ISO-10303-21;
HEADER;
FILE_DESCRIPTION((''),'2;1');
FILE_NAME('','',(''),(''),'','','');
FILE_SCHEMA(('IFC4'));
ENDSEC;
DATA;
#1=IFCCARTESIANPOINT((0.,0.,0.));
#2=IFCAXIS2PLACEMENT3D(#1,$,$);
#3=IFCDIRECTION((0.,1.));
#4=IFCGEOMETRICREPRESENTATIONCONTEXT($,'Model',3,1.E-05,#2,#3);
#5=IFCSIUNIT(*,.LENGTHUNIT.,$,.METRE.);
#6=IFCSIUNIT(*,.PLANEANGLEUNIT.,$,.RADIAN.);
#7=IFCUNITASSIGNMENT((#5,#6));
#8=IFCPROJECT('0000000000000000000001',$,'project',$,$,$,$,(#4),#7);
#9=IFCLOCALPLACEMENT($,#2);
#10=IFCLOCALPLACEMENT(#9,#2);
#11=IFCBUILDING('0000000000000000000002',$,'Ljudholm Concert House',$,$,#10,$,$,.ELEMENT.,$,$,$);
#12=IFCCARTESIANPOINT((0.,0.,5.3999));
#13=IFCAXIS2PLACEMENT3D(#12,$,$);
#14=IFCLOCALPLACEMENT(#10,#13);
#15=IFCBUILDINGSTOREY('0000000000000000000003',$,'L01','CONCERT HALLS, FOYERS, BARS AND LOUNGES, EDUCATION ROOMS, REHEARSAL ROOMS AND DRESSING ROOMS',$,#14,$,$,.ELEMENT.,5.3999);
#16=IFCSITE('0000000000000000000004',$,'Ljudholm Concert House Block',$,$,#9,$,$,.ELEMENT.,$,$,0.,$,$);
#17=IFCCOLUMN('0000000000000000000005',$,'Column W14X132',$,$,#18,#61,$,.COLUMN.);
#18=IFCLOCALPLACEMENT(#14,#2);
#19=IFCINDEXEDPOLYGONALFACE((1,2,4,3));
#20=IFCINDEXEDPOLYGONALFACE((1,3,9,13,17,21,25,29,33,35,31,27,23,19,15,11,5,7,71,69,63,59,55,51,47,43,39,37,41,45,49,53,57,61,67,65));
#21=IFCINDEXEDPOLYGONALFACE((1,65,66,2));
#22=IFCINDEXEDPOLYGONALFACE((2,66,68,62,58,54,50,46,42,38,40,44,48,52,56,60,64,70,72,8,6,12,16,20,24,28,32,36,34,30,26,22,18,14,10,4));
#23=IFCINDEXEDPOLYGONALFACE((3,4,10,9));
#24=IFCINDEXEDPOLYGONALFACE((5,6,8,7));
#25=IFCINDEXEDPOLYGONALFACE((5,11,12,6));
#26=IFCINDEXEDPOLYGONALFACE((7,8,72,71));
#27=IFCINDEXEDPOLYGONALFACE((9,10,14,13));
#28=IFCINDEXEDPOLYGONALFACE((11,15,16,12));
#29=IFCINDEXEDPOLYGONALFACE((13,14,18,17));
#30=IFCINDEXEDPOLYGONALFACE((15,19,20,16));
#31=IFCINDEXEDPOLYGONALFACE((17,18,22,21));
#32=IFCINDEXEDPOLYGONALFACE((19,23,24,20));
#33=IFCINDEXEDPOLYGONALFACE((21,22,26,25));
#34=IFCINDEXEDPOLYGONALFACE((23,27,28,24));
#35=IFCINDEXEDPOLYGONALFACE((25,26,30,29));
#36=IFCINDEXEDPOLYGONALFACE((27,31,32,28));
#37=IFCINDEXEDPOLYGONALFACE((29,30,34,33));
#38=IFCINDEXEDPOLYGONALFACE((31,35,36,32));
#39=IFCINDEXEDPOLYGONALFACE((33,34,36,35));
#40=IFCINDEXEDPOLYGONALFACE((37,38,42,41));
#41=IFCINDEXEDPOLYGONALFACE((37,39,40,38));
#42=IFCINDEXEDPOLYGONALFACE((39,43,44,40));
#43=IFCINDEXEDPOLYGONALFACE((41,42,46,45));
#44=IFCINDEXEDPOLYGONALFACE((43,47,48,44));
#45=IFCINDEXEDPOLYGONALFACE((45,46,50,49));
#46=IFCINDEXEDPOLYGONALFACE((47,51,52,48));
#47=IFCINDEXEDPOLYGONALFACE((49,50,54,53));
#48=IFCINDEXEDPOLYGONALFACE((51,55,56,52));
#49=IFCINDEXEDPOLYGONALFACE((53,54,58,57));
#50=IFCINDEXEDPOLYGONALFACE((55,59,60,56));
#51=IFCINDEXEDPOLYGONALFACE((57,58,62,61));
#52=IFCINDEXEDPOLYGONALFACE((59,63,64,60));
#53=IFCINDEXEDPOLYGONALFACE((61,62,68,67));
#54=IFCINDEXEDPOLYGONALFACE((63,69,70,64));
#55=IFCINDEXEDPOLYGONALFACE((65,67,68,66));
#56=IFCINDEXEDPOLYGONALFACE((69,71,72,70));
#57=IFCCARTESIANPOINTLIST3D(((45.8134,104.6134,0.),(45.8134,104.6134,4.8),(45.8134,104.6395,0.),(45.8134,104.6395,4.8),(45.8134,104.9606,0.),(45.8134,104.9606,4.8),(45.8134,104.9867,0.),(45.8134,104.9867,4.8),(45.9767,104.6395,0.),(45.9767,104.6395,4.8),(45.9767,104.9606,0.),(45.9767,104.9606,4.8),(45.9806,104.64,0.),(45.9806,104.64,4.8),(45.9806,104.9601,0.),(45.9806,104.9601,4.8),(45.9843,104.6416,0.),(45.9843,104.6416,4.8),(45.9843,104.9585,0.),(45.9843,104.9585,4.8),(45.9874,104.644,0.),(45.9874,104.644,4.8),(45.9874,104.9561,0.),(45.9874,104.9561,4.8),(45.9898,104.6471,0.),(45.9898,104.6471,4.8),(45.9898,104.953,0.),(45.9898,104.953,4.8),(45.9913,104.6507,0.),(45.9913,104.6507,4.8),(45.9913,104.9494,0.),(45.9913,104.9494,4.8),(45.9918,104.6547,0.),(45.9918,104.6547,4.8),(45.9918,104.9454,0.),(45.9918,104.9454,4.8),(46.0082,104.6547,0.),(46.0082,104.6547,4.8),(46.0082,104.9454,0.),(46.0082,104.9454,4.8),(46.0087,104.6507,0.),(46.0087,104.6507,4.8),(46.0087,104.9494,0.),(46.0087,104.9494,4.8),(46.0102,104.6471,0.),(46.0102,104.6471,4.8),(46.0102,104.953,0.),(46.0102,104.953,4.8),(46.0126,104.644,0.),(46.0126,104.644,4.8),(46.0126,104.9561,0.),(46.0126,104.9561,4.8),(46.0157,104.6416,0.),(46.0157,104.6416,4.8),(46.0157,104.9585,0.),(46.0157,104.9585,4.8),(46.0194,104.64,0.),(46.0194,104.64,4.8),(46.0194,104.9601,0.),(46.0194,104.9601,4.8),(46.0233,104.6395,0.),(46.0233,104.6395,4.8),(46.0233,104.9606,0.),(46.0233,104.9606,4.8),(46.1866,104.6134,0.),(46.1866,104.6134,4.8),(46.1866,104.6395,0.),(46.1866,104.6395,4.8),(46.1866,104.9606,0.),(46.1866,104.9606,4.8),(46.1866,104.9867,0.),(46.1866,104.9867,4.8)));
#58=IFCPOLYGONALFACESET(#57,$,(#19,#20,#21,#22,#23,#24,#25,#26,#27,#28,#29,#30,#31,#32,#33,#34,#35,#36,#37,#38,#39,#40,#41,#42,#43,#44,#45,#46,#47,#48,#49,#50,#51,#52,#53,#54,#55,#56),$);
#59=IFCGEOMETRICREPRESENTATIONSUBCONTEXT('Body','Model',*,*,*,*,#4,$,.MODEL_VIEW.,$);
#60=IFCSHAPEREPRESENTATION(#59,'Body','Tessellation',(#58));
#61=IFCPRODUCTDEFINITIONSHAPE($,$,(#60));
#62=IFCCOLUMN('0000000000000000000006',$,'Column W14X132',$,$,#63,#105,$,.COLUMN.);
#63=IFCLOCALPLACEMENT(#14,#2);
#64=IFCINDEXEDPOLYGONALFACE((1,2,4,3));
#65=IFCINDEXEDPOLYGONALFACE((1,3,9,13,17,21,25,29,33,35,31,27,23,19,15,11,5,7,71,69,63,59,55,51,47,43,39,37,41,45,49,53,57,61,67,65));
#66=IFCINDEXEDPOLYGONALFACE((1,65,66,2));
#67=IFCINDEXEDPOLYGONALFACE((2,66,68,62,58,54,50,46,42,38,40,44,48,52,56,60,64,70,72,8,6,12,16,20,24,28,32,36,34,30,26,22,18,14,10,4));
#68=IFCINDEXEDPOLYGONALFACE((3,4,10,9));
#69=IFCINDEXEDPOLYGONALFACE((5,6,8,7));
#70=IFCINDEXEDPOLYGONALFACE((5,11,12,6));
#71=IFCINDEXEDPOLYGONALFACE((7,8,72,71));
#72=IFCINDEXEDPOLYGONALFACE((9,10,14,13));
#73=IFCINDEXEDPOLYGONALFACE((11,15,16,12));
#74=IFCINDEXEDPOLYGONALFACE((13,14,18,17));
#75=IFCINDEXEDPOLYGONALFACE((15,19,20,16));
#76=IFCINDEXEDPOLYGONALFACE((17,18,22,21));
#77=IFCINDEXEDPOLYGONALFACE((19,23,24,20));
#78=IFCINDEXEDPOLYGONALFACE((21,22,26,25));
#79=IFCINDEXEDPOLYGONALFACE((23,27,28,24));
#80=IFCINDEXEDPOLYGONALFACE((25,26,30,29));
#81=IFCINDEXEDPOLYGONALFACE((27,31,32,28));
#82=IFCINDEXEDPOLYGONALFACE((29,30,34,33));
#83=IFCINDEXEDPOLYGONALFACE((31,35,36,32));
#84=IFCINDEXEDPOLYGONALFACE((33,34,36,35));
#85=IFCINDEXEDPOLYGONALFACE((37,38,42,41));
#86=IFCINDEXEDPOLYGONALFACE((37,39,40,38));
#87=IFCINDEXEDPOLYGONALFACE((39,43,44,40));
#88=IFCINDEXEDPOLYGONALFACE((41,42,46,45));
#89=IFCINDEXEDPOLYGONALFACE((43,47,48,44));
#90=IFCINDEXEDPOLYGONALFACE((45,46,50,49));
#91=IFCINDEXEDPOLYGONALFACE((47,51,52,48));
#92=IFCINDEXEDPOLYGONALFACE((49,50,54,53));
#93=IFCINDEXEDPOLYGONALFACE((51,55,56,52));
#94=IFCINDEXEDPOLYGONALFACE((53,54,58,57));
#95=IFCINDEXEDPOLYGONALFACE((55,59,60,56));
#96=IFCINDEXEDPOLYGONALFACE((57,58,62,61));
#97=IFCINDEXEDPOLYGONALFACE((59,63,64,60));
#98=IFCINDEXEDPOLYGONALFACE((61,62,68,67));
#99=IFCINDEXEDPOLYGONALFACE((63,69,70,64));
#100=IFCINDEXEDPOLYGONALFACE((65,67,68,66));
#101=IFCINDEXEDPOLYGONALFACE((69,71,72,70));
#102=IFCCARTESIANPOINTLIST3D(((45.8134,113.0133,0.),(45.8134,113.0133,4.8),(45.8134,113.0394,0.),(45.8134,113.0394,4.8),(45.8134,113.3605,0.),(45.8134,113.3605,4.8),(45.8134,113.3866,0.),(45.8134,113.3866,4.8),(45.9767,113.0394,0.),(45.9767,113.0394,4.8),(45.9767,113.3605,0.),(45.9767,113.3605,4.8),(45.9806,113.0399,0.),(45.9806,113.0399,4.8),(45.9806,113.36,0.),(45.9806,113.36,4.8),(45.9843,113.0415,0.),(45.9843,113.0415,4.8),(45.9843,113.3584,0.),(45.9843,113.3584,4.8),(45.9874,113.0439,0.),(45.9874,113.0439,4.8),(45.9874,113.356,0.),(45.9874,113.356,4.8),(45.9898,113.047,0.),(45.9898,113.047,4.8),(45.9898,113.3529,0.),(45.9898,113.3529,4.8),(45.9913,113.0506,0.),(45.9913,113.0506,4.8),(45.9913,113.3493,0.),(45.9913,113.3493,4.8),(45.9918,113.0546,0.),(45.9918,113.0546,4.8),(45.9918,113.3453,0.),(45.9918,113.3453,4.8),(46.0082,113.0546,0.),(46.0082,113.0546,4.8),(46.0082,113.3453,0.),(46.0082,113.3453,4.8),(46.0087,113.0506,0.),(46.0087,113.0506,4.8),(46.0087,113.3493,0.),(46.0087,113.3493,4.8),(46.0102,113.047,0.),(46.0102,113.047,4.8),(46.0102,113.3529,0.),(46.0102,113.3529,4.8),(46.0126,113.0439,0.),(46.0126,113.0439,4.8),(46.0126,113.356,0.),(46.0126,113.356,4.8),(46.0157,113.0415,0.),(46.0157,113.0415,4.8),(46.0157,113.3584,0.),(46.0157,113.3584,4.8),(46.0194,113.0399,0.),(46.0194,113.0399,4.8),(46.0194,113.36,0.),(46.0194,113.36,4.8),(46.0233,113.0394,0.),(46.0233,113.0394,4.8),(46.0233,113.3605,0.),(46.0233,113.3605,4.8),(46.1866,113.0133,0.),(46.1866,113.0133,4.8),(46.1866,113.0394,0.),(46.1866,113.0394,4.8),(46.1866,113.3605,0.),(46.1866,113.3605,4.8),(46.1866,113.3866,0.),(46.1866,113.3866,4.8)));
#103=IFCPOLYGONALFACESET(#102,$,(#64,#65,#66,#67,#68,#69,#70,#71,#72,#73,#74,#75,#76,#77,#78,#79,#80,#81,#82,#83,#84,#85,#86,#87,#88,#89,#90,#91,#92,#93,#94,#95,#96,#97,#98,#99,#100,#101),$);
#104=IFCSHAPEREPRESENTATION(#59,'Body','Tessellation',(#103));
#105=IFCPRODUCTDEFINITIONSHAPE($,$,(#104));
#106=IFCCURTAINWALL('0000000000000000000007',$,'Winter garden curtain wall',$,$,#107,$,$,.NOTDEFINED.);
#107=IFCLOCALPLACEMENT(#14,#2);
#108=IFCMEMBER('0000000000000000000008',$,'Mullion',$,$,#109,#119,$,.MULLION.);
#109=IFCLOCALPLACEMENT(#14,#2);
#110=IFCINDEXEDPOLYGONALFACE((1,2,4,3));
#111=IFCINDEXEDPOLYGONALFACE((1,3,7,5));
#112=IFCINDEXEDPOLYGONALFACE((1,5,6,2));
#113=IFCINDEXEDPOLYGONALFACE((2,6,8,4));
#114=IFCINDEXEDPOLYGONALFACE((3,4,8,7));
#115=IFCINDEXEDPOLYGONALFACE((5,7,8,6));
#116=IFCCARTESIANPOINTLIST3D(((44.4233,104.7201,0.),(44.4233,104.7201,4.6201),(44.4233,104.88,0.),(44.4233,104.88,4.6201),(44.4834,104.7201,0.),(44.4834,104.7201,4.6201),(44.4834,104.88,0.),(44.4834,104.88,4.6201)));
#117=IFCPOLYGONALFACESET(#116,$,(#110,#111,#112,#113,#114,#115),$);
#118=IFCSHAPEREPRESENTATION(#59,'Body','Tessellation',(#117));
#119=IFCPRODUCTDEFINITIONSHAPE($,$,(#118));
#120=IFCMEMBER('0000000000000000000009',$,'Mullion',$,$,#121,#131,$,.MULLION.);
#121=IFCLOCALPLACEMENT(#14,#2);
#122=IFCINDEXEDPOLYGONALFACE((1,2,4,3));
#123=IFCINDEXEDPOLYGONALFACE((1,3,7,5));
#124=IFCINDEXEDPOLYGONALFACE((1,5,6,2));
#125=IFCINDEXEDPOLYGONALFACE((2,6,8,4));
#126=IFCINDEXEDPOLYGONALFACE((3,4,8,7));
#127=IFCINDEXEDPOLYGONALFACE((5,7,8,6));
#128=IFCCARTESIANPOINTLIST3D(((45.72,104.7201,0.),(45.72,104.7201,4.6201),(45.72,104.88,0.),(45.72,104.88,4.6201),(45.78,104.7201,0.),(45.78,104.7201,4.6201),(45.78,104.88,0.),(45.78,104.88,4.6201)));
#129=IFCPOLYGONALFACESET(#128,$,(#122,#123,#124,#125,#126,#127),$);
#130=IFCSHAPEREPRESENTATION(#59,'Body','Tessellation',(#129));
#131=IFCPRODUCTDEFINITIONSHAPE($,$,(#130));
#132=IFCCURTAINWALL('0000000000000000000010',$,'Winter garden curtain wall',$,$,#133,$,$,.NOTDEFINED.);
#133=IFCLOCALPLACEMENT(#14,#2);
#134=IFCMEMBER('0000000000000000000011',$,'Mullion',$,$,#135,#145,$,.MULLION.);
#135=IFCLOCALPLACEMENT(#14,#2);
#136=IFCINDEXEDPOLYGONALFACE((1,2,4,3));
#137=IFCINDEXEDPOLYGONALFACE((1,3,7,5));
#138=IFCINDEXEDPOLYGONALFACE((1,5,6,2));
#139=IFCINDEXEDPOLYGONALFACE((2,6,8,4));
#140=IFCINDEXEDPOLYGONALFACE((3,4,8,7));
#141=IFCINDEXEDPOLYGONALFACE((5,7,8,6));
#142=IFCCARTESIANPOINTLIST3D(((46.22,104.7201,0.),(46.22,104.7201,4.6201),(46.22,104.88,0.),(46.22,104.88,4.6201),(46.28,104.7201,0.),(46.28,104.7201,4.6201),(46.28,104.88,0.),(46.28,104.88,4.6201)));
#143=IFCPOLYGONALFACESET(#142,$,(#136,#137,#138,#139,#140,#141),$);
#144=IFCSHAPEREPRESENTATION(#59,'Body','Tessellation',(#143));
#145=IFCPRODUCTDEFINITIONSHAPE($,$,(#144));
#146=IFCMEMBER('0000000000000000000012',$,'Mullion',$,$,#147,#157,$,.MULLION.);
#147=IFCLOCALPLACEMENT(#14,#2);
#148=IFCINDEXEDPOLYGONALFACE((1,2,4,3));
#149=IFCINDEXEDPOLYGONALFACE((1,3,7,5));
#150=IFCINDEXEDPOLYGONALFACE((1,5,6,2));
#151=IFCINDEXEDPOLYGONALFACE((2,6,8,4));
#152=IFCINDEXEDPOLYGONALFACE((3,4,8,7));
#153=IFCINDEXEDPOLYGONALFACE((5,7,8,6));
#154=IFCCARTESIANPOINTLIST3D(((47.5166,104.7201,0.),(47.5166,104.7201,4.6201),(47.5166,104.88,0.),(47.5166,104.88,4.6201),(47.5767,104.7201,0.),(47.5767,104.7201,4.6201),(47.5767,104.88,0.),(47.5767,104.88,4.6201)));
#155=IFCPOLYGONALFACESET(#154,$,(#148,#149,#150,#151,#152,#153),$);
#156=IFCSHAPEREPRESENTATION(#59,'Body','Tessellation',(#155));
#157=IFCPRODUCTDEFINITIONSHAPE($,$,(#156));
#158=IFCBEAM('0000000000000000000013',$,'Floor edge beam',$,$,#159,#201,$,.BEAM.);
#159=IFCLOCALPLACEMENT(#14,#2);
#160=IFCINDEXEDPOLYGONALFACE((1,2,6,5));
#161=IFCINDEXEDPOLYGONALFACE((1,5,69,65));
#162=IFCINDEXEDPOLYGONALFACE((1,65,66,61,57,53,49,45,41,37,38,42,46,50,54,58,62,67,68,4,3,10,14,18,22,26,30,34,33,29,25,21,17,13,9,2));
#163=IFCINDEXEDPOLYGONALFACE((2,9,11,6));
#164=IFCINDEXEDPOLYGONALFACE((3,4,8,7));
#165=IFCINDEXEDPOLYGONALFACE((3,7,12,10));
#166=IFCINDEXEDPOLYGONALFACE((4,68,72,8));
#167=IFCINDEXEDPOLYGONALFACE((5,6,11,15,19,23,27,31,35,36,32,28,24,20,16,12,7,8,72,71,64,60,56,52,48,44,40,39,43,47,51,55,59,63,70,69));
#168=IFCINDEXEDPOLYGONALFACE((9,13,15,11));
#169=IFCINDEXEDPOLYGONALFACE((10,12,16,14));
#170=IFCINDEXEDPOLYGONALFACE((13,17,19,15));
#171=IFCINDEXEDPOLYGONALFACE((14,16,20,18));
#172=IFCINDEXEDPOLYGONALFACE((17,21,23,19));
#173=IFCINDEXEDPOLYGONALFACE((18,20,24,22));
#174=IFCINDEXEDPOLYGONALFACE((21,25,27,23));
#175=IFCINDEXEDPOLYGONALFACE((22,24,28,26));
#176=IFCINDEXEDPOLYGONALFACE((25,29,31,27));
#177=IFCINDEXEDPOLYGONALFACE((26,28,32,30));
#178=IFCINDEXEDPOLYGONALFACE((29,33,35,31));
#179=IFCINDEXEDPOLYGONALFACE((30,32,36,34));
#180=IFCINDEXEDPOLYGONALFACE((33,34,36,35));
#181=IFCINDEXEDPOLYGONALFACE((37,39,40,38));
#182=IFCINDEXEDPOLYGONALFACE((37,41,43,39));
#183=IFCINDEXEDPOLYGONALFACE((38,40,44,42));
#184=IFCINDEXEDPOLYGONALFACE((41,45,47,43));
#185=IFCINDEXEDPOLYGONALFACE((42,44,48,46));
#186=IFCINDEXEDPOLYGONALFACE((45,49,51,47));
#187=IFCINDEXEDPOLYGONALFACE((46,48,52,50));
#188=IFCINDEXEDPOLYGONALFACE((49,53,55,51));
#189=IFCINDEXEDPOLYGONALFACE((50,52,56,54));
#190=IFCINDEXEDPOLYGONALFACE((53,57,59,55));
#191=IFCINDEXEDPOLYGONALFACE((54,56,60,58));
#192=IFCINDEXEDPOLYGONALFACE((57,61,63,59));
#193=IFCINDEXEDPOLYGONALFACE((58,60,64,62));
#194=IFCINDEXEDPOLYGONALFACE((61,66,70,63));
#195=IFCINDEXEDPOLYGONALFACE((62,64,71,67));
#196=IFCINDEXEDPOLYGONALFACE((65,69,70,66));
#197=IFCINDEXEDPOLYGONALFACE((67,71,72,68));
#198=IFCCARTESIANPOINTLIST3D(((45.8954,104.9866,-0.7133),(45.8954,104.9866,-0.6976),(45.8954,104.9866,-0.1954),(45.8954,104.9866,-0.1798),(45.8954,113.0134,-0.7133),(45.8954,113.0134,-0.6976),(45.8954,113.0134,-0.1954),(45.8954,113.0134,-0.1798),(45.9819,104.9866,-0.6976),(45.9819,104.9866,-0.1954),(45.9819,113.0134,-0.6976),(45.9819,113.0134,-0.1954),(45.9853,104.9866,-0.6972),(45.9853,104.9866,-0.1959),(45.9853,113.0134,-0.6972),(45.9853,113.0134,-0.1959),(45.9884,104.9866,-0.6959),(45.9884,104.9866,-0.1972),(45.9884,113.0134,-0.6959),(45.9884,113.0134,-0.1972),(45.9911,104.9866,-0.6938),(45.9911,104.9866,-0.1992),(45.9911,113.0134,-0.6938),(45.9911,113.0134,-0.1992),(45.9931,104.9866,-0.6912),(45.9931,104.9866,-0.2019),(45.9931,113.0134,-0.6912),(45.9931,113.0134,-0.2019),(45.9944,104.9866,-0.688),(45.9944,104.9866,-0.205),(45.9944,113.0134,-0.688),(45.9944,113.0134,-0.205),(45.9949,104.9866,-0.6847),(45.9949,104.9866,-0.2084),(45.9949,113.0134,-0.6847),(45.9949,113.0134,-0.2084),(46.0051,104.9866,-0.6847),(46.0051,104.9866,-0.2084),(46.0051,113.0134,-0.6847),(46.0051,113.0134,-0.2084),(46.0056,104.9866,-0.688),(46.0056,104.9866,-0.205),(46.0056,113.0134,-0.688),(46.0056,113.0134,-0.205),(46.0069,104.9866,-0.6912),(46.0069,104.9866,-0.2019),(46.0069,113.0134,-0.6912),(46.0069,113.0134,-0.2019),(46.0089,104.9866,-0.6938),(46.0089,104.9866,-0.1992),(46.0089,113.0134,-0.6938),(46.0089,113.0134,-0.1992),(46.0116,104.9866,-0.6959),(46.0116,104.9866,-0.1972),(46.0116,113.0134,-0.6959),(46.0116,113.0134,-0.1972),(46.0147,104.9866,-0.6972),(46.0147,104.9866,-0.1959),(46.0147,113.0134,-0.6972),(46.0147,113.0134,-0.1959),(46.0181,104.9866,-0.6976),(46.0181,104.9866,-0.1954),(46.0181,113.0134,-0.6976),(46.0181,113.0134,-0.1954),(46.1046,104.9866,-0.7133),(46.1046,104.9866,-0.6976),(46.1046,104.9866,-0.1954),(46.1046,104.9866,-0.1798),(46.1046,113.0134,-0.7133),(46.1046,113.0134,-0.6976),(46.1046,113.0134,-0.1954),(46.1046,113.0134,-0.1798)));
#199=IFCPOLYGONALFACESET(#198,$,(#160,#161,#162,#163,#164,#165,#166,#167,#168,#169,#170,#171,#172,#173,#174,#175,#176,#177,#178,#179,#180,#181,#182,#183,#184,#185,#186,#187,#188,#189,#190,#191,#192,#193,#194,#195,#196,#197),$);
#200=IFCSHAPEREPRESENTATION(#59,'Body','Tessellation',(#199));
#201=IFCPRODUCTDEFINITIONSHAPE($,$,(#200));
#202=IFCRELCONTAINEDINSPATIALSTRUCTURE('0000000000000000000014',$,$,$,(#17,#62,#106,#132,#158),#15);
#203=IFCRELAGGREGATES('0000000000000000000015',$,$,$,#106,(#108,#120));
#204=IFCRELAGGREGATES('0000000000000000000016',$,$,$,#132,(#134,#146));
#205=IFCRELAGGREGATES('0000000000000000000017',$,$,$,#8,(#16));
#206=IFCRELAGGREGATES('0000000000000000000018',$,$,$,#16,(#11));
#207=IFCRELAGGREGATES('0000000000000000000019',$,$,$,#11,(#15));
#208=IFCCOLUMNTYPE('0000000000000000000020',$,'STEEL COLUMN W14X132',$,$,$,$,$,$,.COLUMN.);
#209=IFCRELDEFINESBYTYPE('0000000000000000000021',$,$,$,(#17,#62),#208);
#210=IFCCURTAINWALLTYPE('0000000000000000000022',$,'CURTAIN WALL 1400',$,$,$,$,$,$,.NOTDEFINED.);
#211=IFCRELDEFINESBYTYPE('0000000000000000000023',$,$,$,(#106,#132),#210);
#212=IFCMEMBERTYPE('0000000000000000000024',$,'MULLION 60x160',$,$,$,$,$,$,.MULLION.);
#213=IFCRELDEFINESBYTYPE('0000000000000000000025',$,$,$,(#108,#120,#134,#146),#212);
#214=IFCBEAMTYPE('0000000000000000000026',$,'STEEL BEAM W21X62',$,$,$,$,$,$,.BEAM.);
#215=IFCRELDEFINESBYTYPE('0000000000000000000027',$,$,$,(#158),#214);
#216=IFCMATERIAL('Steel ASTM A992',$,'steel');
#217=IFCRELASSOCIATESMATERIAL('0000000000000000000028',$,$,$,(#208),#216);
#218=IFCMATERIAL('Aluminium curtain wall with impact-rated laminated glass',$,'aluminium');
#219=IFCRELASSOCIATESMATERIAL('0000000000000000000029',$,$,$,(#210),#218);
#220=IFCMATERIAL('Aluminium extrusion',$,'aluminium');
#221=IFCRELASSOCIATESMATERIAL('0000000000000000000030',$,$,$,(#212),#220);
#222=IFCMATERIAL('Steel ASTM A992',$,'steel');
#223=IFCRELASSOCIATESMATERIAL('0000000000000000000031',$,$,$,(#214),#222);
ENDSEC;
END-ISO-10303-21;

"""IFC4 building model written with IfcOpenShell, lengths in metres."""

from ifc_helpers import new_model, si_unit, direction, frame, origin, origin_2d, place, context, subcontext, project, spatial, rectangle, i_section, extrude, material, material_profile, profile_set, type_object, element, aggregate, save


model = new_model("IFC4")

# Units and contexts
model_context = context("Model", 3, precision=1e-05, world=origin(), true_north=direction((0.0, 1.0)))
body_context = subcontext(model_context, "Body", "Model", "MODEL_VIEW")
ifc_project = project(units=[si_unit("LENGTHUNIT", "METRE"), si_unit("PLANEANGLEUNIT", "RADIAN")], contexts=[model_context])

# Site, building, storey
site_placement = place(None, origin())
site = spatial("IfcSite", under=ifc_project, at=site_placement, Name="Ljudholm Concert House Block", CompositionType="ELEMENT", RefElevation=0.0)
building_placement = place(site_placement, origin())
building = spatial("IfcBuilding", under=site, at=building_placement, Name="Ljudholm Concert House", CompositionType="ELEMENT")
storey_placement = place(building_placement, frame((0.0, 0.0, 5.3999)))
storey = spatial("IfcBuildingStorey", under=building, at=storey_placement, Name="L01", Description="CONCERT HALLS, FOYERS, BARS AND LOUNGES, EDUCATION ROOMS, REHEARSAL ROOMS AND DRESSING ROOMS", CompositionType="ELEMENT", Elevation=5.3999)

# Columns
ifc_material_1 = material(Name="Steel ASTM A992", Category="steel")
ifc_material_profile_1 = material_profile(ifc_material_1, i_section(OverallWidth=0.3733, OverallDepth=0.3733, WebThickness=0.0164, FlangeThickness=0.0261, FilletRadius=0.0151, at=origin_2d()), Name="W14X132")
ifc_profile_set_1 = profile_set([ifc_material_profile_1], Name="Steel ASTM A992")
column_type = type_object("IfcColumnType", Name="STEEL COLUMN W14X132", PredefinedType="COLUMN", material=ifc_profile_set_1)
for number, where, z_axis, x_axis, name in (
    (1, (46.0, 104.8, 0.0), (0.0, 0.0, 1.0), (1.0, 0.0, 0.0), "Column W14X132"),
    (2, (46.0, 113.2, 0.0), (0.0, 0.0, 1.0), (1.0, 0.0, 0.0), "Column W14X132"),
):
    element("IfcColumn", number, at=place(storey_placement, frame(where, z_axis=z_axis, x_axis=x_axis)), inside=storey, type_object=column_type, Name=name, PredefinedType="COLUMN", context=body_context, shape_type="SweptSolid", body=[
        extrude(i_section(OverallWidth=0.3733, OverallDepth=0.3733, WebThickness=0.0164, FlangeThickness=0.0261, FilletRadius=0.0151, at=origin_2d()), origin(), (0.0, 0.0, 1.0), 4.8),
    ])

# Curtain walls, members
ifc_material_2 = material(Name="Aluminium curtain wall with impact-rated laminated glass", Category="aluminium")
curtain_wall_type = type_object("IfcCurtainWallType", Name="CURTAIN WALL 1400", PredefinedType="NOTDEFINED", material=ifc_material_2)
curtain_wall_1_placement = place(storey_placement, origin())
curtain_wall_1 = element("IfcCurtainWall", 3, at=curtain_wall_1_placement, inside=storey, type_object=curtain_wall_type, Name="Winter garden curtain wall", PredefinedType="NOTDEFINED")
ifc_material_3 = material(Name="Aluminium extrusion", Category="aluminium")
ifc_material_profile_2 = material_profile(ifc_material_3, rectangle(XDim=0.1599, YDim=0.0601, at=origin_2d()), Name="MULLION 60x160")
ifc_profile_set_2 = profile_set([ifc_material_profile_2], Name="Aluminium extrusion")
member_type_1 = type_object("IfcMemberType", Name="MULLION 60x160", PredefinedType="MULLION", material=ifc_profile_set_2)
member_1_placement = place(storey_placement, frame((44.4534, 104.8, 0.0), z_axis=(0.0, 0.0, 1.0), x_axis=(0.0, 1.0, 0.0)))
member_1 = element("IfcMember", 4, at=member_1_placement, type_object=member_type_1, Name="Mullion", PredefinedType="MULLION", context=body_context, shape_type="SweptSolid", body=[
    extrude(rectangle(XDim=0.1599, YDim=0.0601, at=origin_2d()), origin(), (0.0, 0.0, 1.0), 4.6201),
])
member_2_placement = place(storey_placement, frame((45.75, 104.8, 0.0), z_axis=(0.0, 0.0, 1.0), x_axis=(0.0, 1.0, 0.0)))
member_2 = element("IfcMember", 5, at=member_2_placement, type_object=member_type_1, Name="Mullion", PredefinedType="MULLION", context=body_context, shape_type="SweptSolid", body=[
    extrude(rectangle(XDim=0.1599, YDim=0.0601, at=origin_2d()), origin(), (0.0, 0.0, 1.0), 4.6201),
])
curtain_wall_2_placement = place(storey_placement, origin())
curtain_wall_2 = element("IfcCurtainWall", 6, at=curtain_wall_2_placement, inside=storey, type_object=curtain_wall_type, Name="Winter garden curtain wall", PredefinedType="NOTDEFINED")
member_3_placement = place(storey_placement, frame((46.25, 104.8, 0.0), z_axis=(0.0, 0.0, 1.0), x_axis=(0.0, 1.0, 0.0)))
member_3 = element("IfcMember", 7, at=member_3_placement, type_object=member_type_1, Name="Mullion", PredefinedType="MULLION", context=body_context, shape_type="SweptSolid", body=[
    extrude(rectangle(XDim=0.1599, YDim=0.0601, at=origin_2d()), origin(), (0.0, 0.0, 1.0), 4.6201),
])
member_4_placement = place(storey_placement, frame((47.5466, 104.8, 0.0), z_axis=(0.0, 0.0, 1.0), x_axis=(0.0, 1.0, 0.0)))
member_4 = element("IfcMember", 8, at=member_4_placement, type_object=member_type_1, Name="Mullion", PredefinedType="MULLION", context=body_context, shape_type="SweptSolid", body=[
    extrude(rectangle(XDim=0.1599, YDim=0.0601, at=origin_2d()), origin(), (0.0, 0.0, 1.0), 4.6201),
])

# Beam
ifc_material_4 = material(Name="Steel ASTM A992", Category="steel")
ifc_material_profile_3 = material_profile(ifc_material_4, i_section(OverallWidth=0.2092, OverallDepth=0.5334, WebThickness=0.0103, FlangeThickness=0.0156, FilletRadius=0.0129, at=origin_2d()), Name="W21X62")
ifc_profile_set_3 = profile_set([ifc_material_profile_3], Name="Steel ASTM A992")
beam_type_1 = type_object("IfcBeamType", Name="STEEL BEAM W21X62", PredefinedType="BEAM", material=ifc_profile_set_3)
beam_placement = place(storey_placement, frame((46.0, 104.9866, -0.4465), z_axis=(0.0, 1.0, 0.0), x_axis=(-1.0, 0.0, 0.0)))
element("IfcBeam", 9, at=beam_placement, inside=storey, type_object=beam_type_1, Name="Floor edge beam", PredefinedType="BEAM", context=body_context, shape_type="SweptSolid", body=[
    extrude(i_section(OverallWidth=0.2092, OverallDepth=0.5334, WebThickness=0.0103, FlangeThickness=0.0156, FilletRadius=0.0129, at=origin_2d()), origin(), (0.0, 0.0, 1.0), 8.0269),
])

aggregate(curtain_wall_1, [member_1, member_2])
aggregate(curtain_wall_2, [member_3, member_4])

save(model, "model.ifc")
